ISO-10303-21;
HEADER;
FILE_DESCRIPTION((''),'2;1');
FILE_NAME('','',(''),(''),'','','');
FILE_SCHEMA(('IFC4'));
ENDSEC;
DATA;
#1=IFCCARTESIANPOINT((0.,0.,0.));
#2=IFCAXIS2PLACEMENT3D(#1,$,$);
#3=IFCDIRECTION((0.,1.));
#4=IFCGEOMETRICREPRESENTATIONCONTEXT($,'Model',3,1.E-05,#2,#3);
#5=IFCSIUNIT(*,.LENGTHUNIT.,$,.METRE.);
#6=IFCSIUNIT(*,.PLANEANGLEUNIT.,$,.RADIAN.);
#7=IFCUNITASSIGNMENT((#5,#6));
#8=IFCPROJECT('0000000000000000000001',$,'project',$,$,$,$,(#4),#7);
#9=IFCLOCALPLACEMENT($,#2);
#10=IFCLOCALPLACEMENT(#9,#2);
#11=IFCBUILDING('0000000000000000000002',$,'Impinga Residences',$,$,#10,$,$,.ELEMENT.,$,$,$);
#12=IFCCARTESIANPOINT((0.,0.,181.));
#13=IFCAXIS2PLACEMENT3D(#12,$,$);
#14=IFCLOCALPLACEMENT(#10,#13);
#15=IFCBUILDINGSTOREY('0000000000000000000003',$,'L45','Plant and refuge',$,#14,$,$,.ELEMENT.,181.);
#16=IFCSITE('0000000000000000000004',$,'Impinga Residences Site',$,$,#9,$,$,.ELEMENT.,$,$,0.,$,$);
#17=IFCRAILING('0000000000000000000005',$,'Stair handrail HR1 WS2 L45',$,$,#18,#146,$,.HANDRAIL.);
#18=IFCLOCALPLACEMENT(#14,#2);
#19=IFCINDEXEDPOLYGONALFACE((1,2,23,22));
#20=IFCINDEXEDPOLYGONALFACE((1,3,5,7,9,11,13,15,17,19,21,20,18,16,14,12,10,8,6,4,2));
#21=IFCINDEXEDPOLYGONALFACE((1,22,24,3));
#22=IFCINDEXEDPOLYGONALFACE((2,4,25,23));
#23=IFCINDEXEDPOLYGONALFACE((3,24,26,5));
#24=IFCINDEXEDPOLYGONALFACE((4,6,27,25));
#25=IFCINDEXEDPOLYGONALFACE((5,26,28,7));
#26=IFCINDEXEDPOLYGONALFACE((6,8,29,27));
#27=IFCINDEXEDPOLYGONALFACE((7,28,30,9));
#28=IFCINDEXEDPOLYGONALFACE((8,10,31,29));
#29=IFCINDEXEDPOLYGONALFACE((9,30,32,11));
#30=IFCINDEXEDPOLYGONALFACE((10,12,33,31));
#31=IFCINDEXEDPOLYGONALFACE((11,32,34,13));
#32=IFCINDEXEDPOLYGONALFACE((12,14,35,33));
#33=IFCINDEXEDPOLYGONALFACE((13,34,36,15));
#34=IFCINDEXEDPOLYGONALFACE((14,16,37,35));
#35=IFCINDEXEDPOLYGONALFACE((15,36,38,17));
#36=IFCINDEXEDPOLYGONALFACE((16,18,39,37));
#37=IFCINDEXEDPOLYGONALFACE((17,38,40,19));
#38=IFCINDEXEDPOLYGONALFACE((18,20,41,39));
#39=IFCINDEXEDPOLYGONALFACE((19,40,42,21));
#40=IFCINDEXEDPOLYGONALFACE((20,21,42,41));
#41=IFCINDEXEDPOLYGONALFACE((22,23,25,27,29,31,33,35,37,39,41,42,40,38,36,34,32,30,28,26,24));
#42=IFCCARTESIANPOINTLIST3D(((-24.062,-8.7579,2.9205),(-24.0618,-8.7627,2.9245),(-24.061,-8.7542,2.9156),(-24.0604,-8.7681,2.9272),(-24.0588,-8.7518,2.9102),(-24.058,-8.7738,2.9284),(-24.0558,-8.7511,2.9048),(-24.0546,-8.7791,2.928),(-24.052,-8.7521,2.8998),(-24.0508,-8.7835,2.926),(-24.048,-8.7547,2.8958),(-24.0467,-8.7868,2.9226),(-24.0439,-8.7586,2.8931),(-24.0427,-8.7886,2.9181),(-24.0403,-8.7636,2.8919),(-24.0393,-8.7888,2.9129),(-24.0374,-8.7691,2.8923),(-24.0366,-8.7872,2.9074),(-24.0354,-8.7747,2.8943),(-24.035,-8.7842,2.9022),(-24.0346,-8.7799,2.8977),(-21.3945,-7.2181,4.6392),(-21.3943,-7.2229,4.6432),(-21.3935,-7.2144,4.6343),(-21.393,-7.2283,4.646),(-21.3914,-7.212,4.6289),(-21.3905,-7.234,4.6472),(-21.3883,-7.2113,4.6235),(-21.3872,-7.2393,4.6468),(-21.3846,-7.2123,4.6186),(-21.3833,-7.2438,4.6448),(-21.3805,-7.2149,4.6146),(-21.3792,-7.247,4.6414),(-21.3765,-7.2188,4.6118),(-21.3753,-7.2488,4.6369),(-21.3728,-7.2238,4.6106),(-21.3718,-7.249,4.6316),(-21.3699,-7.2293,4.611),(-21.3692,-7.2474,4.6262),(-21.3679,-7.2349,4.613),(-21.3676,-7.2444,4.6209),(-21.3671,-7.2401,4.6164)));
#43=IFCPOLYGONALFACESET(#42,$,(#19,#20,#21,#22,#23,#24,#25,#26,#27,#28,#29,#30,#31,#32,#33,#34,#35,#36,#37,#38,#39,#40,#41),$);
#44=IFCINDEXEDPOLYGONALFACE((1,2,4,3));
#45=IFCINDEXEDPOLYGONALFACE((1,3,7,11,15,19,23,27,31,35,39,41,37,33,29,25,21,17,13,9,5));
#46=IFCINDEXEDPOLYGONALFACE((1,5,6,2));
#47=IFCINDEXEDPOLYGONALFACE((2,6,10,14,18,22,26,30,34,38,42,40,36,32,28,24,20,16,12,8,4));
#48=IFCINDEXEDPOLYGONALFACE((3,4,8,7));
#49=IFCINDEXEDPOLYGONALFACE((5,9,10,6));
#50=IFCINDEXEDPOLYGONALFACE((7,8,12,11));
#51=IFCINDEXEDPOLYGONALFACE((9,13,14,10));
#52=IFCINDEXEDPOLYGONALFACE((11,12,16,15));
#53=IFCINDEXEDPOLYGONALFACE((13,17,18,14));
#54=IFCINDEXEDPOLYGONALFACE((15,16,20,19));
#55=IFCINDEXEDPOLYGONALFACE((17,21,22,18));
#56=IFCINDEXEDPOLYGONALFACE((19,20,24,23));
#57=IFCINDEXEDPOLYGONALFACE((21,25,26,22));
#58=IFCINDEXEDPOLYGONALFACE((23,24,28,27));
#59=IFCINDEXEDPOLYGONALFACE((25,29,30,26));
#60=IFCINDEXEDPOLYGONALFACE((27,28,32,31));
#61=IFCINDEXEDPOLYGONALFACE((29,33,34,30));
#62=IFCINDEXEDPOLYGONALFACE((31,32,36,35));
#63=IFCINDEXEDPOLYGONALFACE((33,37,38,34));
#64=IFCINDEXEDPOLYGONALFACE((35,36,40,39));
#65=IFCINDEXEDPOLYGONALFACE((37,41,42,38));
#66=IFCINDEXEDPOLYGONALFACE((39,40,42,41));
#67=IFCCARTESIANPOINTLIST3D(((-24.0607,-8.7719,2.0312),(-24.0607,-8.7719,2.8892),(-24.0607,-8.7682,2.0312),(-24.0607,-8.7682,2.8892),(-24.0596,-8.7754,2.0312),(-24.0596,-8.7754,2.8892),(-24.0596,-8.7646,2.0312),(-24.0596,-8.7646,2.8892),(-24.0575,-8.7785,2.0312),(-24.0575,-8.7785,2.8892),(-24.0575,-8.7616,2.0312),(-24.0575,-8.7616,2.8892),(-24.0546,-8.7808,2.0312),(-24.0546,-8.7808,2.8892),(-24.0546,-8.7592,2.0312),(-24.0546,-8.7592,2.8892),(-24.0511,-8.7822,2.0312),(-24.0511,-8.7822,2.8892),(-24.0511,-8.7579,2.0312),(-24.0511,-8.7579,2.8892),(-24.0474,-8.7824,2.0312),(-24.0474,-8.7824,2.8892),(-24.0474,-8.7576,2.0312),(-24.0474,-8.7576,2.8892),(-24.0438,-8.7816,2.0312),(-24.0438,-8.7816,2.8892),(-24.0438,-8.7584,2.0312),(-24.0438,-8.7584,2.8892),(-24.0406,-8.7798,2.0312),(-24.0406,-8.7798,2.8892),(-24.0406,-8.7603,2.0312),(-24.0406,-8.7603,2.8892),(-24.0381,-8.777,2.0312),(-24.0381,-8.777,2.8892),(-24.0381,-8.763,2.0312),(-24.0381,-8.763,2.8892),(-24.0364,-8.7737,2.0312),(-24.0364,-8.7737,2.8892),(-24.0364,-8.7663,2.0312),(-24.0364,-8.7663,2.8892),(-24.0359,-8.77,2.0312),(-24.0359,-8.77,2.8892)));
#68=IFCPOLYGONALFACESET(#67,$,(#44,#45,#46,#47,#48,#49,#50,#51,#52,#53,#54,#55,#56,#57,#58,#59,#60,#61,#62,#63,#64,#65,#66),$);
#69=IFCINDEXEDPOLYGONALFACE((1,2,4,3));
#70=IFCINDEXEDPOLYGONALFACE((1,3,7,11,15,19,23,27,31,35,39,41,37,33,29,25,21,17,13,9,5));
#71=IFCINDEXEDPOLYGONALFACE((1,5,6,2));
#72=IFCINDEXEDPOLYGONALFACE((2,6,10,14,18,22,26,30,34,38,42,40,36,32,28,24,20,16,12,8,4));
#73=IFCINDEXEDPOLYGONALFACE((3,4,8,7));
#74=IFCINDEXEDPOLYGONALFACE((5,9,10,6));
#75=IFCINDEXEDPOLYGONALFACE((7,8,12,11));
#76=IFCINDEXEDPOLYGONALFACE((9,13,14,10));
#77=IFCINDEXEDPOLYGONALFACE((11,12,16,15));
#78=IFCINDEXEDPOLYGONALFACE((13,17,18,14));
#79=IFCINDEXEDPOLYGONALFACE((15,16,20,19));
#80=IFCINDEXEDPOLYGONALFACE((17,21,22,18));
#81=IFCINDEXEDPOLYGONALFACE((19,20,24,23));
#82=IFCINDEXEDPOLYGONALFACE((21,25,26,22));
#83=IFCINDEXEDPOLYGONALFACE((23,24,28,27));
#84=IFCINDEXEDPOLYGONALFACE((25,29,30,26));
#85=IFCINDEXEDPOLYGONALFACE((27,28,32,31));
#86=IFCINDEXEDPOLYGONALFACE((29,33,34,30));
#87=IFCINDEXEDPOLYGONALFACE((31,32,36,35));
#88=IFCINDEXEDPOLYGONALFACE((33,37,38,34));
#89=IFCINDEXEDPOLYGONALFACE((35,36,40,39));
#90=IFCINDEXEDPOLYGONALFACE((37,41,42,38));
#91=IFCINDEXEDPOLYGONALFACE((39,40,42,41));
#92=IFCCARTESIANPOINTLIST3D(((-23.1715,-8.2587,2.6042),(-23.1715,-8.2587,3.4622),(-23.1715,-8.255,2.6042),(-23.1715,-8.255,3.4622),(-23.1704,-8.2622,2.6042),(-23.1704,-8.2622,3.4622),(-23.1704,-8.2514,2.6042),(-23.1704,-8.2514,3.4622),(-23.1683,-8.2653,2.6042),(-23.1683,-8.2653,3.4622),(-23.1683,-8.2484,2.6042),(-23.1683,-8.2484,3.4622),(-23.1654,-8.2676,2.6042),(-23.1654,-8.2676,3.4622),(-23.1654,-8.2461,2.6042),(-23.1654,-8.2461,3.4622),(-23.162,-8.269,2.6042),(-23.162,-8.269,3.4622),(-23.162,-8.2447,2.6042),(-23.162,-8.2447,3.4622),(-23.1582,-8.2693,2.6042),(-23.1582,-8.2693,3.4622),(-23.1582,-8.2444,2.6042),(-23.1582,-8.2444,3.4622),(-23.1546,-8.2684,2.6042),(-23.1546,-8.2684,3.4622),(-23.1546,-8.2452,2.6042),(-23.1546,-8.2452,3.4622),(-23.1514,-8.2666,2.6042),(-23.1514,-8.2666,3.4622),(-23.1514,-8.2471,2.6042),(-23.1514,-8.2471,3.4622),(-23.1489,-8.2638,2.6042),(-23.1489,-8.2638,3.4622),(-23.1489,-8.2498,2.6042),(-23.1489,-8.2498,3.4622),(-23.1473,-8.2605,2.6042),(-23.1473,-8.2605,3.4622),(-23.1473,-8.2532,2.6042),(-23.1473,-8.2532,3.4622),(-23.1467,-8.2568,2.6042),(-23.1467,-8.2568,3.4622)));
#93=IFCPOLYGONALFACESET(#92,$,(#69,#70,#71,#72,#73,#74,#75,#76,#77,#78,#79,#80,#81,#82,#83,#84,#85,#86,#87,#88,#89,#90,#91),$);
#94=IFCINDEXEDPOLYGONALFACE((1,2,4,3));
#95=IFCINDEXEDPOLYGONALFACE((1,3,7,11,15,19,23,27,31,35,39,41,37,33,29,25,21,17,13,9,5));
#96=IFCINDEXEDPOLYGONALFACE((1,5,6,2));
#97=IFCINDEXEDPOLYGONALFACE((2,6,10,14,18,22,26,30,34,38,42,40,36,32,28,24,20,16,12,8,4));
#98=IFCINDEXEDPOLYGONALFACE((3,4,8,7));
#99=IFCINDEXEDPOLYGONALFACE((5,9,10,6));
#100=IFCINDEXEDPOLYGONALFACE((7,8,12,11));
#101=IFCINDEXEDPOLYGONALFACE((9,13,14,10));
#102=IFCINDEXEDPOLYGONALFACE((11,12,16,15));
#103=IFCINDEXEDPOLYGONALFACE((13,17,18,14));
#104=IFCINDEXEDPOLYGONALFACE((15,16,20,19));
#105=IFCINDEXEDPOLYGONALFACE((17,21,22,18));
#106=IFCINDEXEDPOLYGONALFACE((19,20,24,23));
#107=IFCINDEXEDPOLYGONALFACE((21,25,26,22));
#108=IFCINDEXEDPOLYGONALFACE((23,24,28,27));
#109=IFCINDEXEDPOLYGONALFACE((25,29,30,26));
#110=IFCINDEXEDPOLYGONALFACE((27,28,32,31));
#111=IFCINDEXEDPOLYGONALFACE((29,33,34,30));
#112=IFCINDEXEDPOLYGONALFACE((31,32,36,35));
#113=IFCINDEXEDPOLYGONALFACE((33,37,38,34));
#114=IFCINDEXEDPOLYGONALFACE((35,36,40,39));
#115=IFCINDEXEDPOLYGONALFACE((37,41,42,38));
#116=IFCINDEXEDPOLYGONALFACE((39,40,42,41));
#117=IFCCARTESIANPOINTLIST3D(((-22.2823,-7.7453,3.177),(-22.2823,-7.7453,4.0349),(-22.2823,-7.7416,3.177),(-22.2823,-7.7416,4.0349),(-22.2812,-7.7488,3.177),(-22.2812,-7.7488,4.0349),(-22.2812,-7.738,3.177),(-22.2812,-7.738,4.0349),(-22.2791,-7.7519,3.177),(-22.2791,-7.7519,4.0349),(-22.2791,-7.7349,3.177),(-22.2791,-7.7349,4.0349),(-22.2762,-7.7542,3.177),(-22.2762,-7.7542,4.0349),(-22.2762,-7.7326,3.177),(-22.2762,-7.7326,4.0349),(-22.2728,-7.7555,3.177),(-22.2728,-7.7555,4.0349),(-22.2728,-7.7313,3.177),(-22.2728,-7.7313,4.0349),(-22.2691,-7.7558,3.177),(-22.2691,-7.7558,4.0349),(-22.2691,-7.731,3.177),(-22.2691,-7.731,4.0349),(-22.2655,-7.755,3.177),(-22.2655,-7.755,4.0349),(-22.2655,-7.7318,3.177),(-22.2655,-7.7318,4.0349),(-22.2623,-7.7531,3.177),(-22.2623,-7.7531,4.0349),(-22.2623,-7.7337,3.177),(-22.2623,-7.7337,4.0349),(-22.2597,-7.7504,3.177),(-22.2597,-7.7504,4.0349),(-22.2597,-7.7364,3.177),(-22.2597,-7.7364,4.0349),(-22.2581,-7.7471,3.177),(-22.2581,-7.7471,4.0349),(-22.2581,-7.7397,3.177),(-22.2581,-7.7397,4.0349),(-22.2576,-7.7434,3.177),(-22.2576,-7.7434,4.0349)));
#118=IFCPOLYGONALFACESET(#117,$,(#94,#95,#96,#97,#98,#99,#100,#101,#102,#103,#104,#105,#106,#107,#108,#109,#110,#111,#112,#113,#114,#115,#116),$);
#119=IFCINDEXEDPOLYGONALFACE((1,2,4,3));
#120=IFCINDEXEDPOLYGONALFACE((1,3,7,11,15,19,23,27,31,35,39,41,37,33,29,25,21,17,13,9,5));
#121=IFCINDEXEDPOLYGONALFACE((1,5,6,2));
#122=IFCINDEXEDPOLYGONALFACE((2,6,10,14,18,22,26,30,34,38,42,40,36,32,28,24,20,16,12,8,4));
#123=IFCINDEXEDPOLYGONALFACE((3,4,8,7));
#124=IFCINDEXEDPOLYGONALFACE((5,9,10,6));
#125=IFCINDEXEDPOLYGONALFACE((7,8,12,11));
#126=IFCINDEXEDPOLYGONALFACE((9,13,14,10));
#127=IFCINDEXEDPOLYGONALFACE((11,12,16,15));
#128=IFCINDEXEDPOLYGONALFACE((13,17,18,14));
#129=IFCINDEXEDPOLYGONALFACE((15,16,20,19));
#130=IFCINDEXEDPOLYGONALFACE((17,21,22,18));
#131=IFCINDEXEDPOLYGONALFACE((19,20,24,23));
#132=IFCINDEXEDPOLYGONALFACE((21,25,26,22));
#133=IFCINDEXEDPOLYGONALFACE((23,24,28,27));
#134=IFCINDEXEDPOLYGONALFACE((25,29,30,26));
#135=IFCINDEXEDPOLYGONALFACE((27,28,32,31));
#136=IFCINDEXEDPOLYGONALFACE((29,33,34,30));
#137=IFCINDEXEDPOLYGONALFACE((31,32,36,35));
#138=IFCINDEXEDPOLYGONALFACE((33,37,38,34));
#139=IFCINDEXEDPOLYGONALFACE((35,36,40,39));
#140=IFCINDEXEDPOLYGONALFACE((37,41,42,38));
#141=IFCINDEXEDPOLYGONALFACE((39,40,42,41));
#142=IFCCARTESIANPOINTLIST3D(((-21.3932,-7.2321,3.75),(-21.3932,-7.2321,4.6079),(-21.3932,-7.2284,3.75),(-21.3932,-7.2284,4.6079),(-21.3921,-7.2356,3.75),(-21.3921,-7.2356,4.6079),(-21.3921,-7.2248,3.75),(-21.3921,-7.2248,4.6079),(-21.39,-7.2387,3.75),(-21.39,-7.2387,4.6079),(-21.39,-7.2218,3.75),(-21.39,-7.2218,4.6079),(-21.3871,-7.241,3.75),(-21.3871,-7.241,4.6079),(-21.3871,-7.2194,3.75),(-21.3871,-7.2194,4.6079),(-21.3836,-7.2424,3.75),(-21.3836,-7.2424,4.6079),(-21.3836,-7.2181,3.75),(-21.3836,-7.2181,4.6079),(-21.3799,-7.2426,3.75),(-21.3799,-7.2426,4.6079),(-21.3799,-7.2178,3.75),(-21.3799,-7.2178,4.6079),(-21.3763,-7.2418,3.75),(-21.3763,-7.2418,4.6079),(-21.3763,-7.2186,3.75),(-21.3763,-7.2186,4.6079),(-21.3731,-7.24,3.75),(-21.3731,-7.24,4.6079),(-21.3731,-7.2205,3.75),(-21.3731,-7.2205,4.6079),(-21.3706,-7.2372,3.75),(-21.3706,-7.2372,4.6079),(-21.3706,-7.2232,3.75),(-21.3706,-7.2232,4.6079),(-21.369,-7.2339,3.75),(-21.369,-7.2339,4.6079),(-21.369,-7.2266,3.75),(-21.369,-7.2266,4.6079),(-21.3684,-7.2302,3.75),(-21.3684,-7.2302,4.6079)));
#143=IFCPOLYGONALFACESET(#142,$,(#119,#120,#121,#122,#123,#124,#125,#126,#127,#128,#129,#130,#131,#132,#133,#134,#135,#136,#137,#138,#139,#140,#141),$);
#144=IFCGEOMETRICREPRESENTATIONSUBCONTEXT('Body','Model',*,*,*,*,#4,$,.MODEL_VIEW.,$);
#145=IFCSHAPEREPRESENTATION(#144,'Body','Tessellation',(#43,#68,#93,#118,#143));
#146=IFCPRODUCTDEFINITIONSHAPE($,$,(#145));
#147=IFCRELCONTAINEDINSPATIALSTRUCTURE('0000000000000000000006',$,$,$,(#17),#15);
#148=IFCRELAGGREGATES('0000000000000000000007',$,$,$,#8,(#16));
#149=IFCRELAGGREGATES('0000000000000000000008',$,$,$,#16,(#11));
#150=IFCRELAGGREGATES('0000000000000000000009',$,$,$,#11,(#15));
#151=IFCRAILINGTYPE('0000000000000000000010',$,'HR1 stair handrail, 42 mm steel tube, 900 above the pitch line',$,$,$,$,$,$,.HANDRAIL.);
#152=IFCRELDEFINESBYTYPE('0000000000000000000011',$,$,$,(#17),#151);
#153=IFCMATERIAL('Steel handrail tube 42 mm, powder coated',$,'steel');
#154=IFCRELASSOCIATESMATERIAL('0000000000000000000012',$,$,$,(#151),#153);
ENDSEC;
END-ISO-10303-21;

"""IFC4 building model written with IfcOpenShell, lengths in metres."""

from ifc_helpers import new_model, si_unit, direction, frame, origin, origin_2d, place, context, subcontext, project, spatial, circle, extrude, material, type_object, element, save


model = new_model("IFC4")

# Units and contexts
model_context = context("Model", 3, precision=1e-05, world=origin(), true_north=direction((0.0, 1.0)))
body_context = subcontext(model_context, "Body", "Model", "MODEL_VIEW")
ifc_project = project(units=[si_unit("LENGTHUNIT", "METRE"), si_unit("PLANEANGLEUNIT", "RADIAN")], contexts=[model_context])

# Site, building, storey
site_placement = place(None, origin())
site = spatial("IfcSite", under=ifc_project, at=site_placement, Name="Impinga Residences Site", CompositionType="ELEMENT", RefElevation=0.0)
building_placement = place(site_placement, origin())
building = spatial("IfcBuilding", under=site, at=building_placement, Name="Impinga Residences", CompositionType="ELEMENT")
storey_placement = place(building_placement, frame((0.0, 0.0, 181.0)))
storey = spatial("IfcBuildingStorey", under=building, at=storey_placement, Name="L45", Description="Plant and refuge", CompositionType="ELEMENT", Elevation=181.0)

# Railing
ifc_material_1 = material(Name="Steel handrail tube 42 mm, powder coated", Category="steel")
railing_type_1 = type_object("IfcRailingType", Name="HR1 stair handrail, 42 mm steel tube, 900 above the pitch line", PredefinedType="HANDRAIL", material=ifc_material_1)
railing_1_placement = place(storey_placement, frame((-24.0483, -8.77, 2.0312)))
element("IfcRailing", 1, at=railing_1_placement, inside=storey, type_object=railing_type_1, Name="Stair handrail HR1 WS2 L45", PredefinedType="HANDRAIL", context=body_context, shape_type="SweptSolid", body=[
    extrude(circle(Radius=0.021, at=origin_2d()), frame((0.0, 0.0, 0.8789), z_axis=(0.756279, 0.43656, 0.487297), x_axis=(-0.499933, 0.866064, 0.0)), (0.0, 0.0, 1.0), 3.5271),
    extrude(circle(Radius=0.0125, at=origin_2d()), origin(), (0.0, 0.0, 1.0), 0.8579),
    extrude(circle(Radius=0.0125, at=origin_2d()), frame((0.8892, 0.5132, 0.573)), (0.0, 0.0, 1.0), 0.8579),
    extrude(circle(Radius=0.0125, at=origin_2d()), frame((1.7783, 1.0266, 1.1458)), (0.0, 0.0, 1.0), 0.8579),
    extrude(circle(Radius=0.0125, at=origin_2d()), frame((2.6675, 1.5398, 1.7188)), (0.0, 0.0, 1.0), 0.8579),
])

save(model, "model.ifc")
